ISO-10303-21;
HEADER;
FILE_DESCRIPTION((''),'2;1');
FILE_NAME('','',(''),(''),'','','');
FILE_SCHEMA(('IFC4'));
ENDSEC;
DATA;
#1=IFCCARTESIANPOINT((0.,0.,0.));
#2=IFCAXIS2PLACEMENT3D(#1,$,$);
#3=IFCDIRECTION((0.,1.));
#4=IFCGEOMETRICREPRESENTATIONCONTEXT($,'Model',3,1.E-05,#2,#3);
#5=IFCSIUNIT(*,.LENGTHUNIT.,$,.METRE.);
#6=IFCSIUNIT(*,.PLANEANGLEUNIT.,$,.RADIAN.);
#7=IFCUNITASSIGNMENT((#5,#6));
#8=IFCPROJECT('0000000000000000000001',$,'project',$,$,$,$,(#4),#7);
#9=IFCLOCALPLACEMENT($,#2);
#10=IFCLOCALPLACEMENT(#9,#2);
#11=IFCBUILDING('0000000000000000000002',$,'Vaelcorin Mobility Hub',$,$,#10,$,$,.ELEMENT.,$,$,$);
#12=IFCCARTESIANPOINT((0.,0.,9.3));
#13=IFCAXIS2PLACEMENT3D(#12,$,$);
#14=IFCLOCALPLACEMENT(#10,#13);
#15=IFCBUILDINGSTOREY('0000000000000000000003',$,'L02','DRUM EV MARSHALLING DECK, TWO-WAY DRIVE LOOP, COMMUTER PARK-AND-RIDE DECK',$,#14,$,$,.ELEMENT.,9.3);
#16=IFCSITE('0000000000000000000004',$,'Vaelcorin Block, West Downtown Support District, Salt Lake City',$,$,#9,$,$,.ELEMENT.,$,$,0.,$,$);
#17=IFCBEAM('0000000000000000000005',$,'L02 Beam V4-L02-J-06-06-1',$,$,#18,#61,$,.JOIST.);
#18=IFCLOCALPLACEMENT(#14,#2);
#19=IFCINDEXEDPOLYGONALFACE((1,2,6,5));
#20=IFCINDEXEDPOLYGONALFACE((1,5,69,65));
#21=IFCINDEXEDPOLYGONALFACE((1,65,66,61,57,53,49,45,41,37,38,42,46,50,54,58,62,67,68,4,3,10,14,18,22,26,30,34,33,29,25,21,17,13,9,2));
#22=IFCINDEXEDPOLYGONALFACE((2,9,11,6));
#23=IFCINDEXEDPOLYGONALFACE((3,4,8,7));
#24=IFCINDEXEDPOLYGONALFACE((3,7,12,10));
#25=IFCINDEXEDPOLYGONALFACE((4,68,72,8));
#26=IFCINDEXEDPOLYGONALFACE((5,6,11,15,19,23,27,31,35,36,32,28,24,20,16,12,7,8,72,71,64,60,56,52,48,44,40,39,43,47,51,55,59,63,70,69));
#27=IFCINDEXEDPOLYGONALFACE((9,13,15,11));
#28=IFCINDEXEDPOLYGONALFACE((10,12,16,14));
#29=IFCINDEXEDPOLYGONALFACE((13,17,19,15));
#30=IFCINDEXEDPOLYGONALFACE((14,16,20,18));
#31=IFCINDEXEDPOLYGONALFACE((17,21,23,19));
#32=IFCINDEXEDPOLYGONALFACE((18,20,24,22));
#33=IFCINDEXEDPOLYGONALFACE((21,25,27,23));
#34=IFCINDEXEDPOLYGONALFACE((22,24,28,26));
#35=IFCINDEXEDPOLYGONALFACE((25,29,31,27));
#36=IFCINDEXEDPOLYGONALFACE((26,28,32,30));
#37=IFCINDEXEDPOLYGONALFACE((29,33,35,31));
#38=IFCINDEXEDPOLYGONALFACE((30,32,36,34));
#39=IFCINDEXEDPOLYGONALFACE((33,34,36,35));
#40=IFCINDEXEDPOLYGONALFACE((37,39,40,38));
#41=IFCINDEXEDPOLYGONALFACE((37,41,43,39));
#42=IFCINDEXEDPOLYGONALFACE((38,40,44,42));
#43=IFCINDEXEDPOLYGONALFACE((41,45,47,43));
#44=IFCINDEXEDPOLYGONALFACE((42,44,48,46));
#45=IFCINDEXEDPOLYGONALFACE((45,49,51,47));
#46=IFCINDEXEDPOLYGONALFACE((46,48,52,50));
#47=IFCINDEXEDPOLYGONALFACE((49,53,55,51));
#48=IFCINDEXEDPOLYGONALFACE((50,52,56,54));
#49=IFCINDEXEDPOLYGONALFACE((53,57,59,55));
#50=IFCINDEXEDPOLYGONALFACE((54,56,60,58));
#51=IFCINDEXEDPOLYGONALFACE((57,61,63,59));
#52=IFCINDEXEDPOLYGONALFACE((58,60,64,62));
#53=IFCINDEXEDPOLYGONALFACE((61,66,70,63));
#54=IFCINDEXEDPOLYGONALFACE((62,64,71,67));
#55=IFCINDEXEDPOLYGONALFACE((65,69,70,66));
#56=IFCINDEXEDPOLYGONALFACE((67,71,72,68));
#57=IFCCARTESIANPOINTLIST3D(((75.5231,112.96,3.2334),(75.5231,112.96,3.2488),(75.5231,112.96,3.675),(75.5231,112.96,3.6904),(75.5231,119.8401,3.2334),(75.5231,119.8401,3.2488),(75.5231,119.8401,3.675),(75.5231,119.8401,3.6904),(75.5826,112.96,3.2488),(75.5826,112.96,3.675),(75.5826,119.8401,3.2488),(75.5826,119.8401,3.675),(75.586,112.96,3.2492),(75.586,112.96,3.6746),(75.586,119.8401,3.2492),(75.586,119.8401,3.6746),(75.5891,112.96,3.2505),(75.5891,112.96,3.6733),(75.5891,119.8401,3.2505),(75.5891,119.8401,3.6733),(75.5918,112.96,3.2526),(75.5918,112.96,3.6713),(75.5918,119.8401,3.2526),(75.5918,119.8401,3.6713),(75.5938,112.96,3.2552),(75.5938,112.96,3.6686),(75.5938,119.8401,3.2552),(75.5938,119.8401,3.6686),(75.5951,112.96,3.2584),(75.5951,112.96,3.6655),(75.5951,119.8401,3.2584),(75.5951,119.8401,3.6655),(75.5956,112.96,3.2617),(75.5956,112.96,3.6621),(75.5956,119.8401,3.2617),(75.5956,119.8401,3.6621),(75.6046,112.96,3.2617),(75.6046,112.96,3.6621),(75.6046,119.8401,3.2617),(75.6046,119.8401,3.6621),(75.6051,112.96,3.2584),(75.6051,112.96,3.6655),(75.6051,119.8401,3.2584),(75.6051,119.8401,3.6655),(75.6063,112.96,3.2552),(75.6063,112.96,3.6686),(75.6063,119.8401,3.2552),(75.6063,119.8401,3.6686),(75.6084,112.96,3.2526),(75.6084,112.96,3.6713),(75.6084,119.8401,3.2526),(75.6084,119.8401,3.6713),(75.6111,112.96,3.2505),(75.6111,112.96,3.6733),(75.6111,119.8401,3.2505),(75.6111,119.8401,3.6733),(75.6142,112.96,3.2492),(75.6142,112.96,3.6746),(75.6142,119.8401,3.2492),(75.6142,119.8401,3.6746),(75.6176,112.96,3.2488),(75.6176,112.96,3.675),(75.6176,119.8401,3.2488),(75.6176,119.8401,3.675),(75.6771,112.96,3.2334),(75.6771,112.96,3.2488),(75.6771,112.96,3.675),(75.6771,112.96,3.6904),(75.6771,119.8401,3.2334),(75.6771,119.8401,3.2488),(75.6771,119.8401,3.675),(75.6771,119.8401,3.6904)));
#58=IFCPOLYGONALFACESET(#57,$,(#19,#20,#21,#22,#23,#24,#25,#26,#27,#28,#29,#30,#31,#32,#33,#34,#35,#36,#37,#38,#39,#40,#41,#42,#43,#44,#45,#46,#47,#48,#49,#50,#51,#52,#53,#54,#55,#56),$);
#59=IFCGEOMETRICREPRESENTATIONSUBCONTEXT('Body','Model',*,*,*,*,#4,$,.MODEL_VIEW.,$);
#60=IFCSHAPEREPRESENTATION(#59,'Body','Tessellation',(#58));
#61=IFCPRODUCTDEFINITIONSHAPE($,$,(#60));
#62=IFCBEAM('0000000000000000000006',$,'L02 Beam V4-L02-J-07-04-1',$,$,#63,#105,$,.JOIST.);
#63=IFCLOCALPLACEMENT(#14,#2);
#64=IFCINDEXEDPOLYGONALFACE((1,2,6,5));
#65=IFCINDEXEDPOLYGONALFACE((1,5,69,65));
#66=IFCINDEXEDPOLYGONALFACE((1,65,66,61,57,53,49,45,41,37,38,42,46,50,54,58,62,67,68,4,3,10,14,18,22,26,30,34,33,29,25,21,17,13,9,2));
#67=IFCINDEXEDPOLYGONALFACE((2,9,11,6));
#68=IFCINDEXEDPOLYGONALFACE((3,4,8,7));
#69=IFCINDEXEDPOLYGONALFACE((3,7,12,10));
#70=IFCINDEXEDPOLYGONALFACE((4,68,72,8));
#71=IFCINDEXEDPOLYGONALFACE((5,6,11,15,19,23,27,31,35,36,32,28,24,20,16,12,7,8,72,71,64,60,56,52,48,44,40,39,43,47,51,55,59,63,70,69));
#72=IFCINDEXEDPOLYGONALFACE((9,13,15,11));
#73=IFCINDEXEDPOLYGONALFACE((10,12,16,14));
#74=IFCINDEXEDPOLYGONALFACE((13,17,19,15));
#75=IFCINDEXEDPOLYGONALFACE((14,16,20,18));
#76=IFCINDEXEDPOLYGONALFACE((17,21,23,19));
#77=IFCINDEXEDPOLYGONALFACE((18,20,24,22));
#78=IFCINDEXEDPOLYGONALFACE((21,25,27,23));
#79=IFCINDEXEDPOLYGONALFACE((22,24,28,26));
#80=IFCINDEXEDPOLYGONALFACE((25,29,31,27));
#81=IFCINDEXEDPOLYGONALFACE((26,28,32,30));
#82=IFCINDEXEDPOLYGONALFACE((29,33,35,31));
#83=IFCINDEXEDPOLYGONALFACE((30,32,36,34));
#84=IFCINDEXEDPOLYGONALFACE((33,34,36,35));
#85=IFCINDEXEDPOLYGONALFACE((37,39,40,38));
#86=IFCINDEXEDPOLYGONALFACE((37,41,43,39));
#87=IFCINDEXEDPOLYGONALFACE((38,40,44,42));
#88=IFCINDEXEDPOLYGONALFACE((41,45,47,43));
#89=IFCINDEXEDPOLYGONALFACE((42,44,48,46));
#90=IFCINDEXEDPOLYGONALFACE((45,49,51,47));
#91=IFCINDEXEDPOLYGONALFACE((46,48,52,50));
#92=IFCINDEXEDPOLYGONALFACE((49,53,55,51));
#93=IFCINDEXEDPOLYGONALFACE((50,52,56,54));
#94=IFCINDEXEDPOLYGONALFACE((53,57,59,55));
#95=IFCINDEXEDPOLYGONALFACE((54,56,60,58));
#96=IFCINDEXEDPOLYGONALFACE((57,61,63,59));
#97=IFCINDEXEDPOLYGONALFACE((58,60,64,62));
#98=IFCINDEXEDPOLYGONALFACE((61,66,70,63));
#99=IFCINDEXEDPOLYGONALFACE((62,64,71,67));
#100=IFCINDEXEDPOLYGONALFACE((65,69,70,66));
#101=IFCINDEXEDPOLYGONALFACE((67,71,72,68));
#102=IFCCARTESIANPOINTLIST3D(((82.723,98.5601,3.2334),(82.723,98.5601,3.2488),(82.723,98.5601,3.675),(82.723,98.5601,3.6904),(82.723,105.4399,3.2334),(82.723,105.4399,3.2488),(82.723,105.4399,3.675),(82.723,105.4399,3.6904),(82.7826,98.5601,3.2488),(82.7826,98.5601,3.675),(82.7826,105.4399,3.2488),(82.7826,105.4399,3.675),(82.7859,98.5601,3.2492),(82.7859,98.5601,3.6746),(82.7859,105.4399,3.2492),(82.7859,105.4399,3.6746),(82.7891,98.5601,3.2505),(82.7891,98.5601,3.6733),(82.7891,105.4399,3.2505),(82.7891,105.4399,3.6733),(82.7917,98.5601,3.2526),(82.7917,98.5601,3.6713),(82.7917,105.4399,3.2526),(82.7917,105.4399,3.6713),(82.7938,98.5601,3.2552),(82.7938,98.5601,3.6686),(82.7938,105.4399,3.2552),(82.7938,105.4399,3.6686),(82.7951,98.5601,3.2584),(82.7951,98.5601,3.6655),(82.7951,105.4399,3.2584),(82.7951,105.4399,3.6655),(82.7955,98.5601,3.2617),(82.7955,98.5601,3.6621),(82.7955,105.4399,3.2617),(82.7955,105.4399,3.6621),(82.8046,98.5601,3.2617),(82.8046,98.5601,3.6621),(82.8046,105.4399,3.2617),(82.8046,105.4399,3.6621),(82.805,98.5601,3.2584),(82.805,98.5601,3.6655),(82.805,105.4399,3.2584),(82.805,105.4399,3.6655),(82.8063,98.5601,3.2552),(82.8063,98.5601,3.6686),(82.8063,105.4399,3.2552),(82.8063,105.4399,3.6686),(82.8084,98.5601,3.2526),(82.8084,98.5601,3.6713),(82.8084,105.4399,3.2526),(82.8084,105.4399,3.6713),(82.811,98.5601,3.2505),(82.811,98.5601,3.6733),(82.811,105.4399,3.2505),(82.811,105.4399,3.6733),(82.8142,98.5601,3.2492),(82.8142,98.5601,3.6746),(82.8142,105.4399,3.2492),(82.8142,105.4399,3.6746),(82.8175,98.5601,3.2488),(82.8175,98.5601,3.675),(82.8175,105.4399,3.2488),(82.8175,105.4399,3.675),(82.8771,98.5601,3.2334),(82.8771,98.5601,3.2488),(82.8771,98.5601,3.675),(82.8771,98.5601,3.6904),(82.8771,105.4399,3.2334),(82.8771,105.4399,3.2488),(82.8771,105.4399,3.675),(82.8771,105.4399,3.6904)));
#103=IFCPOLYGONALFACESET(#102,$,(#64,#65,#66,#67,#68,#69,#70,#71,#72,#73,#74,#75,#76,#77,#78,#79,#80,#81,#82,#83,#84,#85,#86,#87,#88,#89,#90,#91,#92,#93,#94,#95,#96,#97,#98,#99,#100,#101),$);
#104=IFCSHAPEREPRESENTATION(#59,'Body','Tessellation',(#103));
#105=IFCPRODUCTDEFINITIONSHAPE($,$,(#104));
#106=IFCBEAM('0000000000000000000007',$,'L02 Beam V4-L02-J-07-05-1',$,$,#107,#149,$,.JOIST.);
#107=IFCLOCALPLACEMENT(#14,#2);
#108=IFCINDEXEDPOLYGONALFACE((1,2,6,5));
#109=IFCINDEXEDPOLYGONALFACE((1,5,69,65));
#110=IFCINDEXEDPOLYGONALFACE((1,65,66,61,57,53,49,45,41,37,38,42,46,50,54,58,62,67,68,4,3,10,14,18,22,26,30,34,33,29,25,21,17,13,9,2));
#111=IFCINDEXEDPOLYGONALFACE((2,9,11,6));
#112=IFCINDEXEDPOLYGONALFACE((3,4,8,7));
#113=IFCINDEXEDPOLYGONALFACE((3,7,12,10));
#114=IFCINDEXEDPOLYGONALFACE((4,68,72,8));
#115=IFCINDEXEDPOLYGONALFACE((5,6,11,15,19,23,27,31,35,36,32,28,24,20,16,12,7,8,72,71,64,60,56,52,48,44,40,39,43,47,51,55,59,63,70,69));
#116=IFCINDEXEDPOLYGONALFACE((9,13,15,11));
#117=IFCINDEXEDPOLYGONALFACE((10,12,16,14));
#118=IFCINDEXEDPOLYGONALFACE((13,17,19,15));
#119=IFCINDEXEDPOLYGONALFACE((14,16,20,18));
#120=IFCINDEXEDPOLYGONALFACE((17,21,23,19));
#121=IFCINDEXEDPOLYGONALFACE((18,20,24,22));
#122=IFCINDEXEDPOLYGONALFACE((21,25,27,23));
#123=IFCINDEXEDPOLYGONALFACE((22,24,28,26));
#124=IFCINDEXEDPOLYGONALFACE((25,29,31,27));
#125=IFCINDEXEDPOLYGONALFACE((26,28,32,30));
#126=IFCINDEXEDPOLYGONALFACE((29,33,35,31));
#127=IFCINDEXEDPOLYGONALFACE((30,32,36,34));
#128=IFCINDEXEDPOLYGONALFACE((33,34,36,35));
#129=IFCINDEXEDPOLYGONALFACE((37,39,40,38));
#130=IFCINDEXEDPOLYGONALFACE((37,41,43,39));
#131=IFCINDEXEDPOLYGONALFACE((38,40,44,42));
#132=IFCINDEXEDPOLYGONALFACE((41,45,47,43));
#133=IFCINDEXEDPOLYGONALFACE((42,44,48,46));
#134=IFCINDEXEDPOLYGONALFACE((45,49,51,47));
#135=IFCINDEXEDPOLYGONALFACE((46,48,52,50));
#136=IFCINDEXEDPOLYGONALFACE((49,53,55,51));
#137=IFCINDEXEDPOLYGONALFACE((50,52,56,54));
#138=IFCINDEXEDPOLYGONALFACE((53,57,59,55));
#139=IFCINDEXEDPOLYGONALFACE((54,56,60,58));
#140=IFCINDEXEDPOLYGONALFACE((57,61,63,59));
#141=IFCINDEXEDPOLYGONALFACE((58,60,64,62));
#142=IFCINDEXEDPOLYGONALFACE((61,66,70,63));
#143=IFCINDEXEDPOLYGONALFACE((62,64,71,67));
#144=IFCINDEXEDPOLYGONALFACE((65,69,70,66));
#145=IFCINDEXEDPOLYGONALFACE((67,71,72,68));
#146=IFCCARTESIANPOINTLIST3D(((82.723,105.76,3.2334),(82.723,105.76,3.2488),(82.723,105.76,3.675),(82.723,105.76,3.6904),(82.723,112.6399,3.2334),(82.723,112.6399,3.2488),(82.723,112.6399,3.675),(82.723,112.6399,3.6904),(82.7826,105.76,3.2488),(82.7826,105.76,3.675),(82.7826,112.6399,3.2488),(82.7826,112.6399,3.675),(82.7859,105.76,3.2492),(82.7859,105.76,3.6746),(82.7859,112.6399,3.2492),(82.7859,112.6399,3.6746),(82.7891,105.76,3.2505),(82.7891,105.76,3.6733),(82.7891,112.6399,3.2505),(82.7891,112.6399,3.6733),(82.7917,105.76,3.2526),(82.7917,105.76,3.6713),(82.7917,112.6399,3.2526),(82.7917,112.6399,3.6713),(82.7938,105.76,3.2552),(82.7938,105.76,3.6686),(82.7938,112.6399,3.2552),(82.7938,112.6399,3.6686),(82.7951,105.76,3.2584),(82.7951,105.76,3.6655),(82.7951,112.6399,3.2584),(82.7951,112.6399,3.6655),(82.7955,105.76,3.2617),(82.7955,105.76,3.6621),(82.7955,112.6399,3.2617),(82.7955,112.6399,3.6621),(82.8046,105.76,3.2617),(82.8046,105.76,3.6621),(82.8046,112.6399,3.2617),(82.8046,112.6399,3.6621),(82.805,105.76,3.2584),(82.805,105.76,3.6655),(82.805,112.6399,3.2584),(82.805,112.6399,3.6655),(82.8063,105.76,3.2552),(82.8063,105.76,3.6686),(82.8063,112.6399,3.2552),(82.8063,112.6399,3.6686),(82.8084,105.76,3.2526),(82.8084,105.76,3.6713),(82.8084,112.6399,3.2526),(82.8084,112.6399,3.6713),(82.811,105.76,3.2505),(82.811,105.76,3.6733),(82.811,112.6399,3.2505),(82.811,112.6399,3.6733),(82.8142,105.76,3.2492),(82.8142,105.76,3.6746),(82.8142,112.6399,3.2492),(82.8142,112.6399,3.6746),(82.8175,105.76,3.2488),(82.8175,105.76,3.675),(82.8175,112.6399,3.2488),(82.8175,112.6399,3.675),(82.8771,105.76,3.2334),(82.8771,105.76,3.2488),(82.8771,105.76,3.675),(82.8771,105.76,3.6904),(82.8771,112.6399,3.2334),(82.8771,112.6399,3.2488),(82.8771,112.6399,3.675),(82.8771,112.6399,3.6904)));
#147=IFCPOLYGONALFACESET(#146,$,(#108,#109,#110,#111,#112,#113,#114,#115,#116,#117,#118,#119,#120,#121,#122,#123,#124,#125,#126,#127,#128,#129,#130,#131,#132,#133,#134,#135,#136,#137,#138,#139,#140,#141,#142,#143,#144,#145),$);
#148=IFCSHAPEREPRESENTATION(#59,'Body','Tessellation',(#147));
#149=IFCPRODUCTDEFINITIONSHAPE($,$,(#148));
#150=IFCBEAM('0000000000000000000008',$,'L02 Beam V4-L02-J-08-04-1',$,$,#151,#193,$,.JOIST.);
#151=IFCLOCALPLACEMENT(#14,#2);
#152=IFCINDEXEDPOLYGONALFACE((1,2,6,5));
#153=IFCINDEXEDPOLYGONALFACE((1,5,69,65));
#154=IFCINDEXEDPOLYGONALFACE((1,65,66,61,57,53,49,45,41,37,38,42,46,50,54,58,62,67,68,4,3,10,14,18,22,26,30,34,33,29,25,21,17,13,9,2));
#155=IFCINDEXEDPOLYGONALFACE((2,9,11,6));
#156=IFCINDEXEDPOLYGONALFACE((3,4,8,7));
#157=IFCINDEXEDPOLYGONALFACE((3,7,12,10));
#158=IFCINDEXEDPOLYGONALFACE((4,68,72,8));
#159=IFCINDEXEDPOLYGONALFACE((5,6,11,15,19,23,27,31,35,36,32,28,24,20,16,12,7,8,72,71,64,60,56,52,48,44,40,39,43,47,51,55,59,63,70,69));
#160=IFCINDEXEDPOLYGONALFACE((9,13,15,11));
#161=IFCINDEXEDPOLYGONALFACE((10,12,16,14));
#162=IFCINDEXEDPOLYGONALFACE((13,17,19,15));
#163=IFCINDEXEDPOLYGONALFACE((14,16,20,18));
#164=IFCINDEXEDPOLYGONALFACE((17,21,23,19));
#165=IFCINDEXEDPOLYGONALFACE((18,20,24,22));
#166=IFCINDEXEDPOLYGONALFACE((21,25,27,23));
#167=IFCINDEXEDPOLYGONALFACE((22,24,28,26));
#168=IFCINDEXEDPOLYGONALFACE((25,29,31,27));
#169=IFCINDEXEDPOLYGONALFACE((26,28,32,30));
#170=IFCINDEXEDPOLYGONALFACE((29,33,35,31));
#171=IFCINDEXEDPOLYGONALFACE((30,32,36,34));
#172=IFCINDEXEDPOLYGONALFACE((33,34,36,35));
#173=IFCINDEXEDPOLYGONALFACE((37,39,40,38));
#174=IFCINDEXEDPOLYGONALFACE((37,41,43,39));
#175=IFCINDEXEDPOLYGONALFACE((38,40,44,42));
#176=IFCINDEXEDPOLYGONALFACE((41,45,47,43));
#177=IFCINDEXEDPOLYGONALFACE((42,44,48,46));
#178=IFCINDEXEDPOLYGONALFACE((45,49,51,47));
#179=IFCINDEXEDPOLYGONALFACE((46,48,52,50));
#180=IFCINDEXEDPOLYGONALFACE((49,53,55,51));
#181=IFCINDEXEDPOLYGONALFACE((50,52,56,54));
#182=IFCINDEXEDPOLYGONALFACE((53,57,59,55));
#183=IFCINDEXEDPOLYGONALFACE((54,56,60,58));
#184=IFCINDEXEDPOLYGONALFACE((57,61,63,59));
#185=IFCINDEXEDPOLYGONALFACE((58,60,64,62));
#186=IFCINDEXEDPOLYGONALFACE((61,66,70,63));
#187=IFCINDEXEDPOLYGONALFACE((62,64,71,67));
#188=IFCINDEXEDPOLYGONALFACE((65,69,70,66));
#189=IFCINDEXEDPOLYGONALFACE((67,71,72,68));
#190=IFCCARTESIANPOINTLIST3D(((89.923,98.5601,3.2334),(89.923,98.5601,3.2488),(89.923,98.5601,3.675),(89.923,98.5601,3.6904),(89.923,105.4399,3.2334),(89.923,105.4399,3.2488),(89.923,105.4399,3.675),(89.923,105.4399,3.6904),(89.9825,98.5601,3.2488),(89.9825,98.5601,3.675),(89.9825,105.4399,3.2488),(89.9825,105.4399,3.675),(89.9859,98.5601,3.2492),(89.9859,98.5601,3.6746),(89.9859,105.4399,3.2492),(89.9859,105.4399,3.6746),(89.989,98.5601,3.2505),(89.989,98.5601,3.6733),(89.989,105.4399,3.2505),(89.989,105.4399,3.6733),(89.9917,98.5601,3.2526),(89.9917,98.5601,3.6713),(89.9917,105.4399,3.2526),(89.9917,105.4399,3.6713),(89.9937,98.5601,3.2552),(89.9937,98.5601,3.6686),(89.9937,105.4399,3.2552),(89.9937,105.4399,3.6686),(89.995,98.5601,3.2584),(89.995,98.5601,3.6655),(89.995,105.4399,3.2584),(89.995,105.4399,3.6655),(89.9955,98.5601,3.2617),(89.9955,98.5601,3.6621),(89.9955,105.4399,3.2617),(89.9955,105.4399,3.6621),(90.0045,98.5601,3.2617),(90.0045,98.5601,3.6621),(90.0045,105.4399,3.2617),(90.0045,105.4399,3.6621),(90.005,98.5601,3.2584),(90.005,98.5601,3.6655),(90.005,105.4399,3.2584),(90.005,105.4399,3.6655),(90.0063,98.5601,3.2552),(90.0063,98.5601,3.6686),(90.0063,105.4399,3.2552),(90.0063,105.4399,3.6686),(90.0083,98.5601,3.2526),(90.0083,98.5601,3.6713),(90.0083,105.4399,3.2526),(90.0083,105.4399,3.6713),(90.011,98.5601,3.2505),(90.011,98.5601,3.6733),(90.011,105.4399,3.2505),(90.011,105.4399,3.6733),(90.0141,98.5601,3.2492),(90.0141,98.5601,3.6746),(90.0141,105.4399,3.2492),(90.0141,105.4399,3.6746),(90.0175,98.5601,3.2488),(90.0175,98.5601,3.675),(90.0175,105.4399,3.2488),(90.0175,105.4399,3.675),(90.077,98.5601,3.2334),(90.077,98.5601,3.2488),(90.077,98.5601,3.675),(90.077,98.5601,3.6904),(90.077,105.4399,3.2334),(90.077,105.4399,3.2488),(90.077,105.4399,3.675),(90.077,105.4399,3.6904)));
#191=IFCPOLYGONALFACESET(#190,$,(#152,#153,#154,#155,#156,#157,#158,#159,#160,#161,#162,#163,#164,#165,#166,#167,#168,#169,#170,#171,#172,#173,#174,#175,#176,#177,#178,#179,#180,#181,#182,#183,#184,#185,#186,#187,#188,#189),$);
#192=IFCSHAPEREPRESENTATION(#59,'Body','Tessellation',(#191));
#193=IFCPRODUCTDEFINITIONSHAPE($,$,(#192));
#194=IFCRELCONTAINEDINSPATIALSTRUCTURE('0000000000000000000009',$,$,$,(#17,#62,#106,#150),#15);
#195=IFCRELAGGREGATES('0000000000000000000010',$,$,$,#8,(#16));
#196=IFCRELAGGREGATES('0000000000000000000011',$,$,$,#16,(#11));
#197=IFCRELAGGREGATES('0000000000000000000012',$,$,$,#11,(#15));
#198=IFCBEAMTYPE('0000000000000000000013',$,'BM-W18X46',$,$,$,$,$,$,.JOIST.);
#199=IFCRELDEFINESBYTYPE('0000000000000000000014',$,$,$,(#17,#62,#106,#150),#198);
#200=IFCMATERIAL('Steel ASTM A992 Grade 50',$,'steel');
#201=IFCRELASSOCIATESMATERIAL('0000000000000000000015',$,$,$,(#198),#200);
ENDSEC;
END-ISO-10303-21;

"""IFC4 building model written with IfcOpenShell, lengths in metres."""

from ifc_helpers import new_model, si_unit, direction, frame, origin, origin_2d, place, context, subcontext, project, spatial, i_section, extrude, material, material_profile, profile_set, type_object, element, save


model = new_model("IFC4")

# Units and contexts
model_context = context("Model", 3, precision=1e-05, world=origin(), true_north=direction((0.0, 1.0)))
body_context = subcontext(model_context, "Body", "Model", "MODEL_VIEW")
ifc_project = project(units=[si_unit("LENGTHUNIT", "METRE"), si_unit("PLANEANGLEUNIT", "RADIAN")], contexts=[model_context])

# Site, building, storey
site_placement = place(None, origin())
site = spatial("IfcSite", under=ifc_project, at=site_placement, Name="Vaelcorin Block, West Downtown Support District, Salt Lake City", CompositionType="ELEMENT", RefElevation=0.0)
building_placement = place(site_placement, origin())
building = spatial("IfcBuilding", under=site, at=building_placement, Name="Vaelcorin Mobility Hub", CompositionType="ELEMENT")
storey_placement = place(building_placement, frame((0.0, 0.0, 9.3)))
storey = spatial("IfcBuildingStorey", under=building, at=storey_placement, Name="L02", Description="DRUM EV MARSHALLING DECK, TWO-WAY DRIVE LOOP, COMMUTER PARK-AND-RIDE DECK", CompositionType="ELEMENT", Elevation=9.3)

# Shared definitions
ifc_material_1 = material(Name="Steel ASTM A992 Grade 50", Category="steel")

# Beams
ifc_material_profile_1 = material_profile(ifc_material_1, i_section(OverallWidth=0.1541, OverallDepth=0.457, WebThickness=0.009, FlangeThickness=0.0154, FilletRadius=0.0129, at=origin_2d()), Name="W18X46")
ifc_profile_set_1 = profile_set([ifc_material_profile_1], Name="Steel ASTM A992 Grade 50")
beam_type_1 = type_object("IfcBeamType", Name="BM-W18X46", PredefinedType="JOIST", material=ifc_profile_set_1)
beam_1_placement = place(storey_placement, frame((75.6001, 112.96, 3.4619), z_axis=(0.0, 1.0, 0.0), x_axis=(-1.0, 0.0, 0.0)))
element("IfcBeam", 1, at=beam_1_placement, inside=storey, type_object=beam_type_1, Name="L02 Beam V4-L02-J-06-06-1", PredefinedType="JOIST", context=body_context, shape_type="SweptSolid", body=[
    extrude(i_section(OverallWidth=0.1541, OverallDepth=0.457, WebThickness=0.009, FlangeThickness=0.0154, FilletRadius=0.0129, at=origin_2d()), origin(), (0.0, 0.0, 1.0), 6.8801),
])
for number, where, z_axis, x_axis, name in (
    (2, (82.8, 98.5601, 3.4619), (0.0, 1.0, 0.0), (-1.0, 0.0, 0.0), "L02 Beam V4-L02-J-07-04-1"),
    (3, (82.8, 105.76, 3.4619), (0.0, 1.0, 0.0), (-1.0, 0.0, 0.0), "L02 Beam V4-L02-J-07-05-1"),
    (4, (90.0, 98.5601, 3.4619), (0.0, 1.0, 0.0), (-1.0, 0.0, 0.0), "L02 Beam V4-L02-J-08-04-1"),
):
    element("IfcBeam", number, at=place(storey_placement, frame(where, z_axis=z_axis, x_axis=x_axis)), inside=storey, type_object=beam_type_1, Name=name, PredefinedType="JOIST", context=body_context, shape_type="SweptSolid", body=[
        extrude(i_section(OverallWidth=0.1541, OverallDepth=0.457, WebThickness=0.009, FlangeThickness=0.0154, FilletRadius=0.0129, at=origin_2d()), origin(), (0.0, 0.0, 1.0), 6.8799),
    ])

save(model, "model.ifc")
